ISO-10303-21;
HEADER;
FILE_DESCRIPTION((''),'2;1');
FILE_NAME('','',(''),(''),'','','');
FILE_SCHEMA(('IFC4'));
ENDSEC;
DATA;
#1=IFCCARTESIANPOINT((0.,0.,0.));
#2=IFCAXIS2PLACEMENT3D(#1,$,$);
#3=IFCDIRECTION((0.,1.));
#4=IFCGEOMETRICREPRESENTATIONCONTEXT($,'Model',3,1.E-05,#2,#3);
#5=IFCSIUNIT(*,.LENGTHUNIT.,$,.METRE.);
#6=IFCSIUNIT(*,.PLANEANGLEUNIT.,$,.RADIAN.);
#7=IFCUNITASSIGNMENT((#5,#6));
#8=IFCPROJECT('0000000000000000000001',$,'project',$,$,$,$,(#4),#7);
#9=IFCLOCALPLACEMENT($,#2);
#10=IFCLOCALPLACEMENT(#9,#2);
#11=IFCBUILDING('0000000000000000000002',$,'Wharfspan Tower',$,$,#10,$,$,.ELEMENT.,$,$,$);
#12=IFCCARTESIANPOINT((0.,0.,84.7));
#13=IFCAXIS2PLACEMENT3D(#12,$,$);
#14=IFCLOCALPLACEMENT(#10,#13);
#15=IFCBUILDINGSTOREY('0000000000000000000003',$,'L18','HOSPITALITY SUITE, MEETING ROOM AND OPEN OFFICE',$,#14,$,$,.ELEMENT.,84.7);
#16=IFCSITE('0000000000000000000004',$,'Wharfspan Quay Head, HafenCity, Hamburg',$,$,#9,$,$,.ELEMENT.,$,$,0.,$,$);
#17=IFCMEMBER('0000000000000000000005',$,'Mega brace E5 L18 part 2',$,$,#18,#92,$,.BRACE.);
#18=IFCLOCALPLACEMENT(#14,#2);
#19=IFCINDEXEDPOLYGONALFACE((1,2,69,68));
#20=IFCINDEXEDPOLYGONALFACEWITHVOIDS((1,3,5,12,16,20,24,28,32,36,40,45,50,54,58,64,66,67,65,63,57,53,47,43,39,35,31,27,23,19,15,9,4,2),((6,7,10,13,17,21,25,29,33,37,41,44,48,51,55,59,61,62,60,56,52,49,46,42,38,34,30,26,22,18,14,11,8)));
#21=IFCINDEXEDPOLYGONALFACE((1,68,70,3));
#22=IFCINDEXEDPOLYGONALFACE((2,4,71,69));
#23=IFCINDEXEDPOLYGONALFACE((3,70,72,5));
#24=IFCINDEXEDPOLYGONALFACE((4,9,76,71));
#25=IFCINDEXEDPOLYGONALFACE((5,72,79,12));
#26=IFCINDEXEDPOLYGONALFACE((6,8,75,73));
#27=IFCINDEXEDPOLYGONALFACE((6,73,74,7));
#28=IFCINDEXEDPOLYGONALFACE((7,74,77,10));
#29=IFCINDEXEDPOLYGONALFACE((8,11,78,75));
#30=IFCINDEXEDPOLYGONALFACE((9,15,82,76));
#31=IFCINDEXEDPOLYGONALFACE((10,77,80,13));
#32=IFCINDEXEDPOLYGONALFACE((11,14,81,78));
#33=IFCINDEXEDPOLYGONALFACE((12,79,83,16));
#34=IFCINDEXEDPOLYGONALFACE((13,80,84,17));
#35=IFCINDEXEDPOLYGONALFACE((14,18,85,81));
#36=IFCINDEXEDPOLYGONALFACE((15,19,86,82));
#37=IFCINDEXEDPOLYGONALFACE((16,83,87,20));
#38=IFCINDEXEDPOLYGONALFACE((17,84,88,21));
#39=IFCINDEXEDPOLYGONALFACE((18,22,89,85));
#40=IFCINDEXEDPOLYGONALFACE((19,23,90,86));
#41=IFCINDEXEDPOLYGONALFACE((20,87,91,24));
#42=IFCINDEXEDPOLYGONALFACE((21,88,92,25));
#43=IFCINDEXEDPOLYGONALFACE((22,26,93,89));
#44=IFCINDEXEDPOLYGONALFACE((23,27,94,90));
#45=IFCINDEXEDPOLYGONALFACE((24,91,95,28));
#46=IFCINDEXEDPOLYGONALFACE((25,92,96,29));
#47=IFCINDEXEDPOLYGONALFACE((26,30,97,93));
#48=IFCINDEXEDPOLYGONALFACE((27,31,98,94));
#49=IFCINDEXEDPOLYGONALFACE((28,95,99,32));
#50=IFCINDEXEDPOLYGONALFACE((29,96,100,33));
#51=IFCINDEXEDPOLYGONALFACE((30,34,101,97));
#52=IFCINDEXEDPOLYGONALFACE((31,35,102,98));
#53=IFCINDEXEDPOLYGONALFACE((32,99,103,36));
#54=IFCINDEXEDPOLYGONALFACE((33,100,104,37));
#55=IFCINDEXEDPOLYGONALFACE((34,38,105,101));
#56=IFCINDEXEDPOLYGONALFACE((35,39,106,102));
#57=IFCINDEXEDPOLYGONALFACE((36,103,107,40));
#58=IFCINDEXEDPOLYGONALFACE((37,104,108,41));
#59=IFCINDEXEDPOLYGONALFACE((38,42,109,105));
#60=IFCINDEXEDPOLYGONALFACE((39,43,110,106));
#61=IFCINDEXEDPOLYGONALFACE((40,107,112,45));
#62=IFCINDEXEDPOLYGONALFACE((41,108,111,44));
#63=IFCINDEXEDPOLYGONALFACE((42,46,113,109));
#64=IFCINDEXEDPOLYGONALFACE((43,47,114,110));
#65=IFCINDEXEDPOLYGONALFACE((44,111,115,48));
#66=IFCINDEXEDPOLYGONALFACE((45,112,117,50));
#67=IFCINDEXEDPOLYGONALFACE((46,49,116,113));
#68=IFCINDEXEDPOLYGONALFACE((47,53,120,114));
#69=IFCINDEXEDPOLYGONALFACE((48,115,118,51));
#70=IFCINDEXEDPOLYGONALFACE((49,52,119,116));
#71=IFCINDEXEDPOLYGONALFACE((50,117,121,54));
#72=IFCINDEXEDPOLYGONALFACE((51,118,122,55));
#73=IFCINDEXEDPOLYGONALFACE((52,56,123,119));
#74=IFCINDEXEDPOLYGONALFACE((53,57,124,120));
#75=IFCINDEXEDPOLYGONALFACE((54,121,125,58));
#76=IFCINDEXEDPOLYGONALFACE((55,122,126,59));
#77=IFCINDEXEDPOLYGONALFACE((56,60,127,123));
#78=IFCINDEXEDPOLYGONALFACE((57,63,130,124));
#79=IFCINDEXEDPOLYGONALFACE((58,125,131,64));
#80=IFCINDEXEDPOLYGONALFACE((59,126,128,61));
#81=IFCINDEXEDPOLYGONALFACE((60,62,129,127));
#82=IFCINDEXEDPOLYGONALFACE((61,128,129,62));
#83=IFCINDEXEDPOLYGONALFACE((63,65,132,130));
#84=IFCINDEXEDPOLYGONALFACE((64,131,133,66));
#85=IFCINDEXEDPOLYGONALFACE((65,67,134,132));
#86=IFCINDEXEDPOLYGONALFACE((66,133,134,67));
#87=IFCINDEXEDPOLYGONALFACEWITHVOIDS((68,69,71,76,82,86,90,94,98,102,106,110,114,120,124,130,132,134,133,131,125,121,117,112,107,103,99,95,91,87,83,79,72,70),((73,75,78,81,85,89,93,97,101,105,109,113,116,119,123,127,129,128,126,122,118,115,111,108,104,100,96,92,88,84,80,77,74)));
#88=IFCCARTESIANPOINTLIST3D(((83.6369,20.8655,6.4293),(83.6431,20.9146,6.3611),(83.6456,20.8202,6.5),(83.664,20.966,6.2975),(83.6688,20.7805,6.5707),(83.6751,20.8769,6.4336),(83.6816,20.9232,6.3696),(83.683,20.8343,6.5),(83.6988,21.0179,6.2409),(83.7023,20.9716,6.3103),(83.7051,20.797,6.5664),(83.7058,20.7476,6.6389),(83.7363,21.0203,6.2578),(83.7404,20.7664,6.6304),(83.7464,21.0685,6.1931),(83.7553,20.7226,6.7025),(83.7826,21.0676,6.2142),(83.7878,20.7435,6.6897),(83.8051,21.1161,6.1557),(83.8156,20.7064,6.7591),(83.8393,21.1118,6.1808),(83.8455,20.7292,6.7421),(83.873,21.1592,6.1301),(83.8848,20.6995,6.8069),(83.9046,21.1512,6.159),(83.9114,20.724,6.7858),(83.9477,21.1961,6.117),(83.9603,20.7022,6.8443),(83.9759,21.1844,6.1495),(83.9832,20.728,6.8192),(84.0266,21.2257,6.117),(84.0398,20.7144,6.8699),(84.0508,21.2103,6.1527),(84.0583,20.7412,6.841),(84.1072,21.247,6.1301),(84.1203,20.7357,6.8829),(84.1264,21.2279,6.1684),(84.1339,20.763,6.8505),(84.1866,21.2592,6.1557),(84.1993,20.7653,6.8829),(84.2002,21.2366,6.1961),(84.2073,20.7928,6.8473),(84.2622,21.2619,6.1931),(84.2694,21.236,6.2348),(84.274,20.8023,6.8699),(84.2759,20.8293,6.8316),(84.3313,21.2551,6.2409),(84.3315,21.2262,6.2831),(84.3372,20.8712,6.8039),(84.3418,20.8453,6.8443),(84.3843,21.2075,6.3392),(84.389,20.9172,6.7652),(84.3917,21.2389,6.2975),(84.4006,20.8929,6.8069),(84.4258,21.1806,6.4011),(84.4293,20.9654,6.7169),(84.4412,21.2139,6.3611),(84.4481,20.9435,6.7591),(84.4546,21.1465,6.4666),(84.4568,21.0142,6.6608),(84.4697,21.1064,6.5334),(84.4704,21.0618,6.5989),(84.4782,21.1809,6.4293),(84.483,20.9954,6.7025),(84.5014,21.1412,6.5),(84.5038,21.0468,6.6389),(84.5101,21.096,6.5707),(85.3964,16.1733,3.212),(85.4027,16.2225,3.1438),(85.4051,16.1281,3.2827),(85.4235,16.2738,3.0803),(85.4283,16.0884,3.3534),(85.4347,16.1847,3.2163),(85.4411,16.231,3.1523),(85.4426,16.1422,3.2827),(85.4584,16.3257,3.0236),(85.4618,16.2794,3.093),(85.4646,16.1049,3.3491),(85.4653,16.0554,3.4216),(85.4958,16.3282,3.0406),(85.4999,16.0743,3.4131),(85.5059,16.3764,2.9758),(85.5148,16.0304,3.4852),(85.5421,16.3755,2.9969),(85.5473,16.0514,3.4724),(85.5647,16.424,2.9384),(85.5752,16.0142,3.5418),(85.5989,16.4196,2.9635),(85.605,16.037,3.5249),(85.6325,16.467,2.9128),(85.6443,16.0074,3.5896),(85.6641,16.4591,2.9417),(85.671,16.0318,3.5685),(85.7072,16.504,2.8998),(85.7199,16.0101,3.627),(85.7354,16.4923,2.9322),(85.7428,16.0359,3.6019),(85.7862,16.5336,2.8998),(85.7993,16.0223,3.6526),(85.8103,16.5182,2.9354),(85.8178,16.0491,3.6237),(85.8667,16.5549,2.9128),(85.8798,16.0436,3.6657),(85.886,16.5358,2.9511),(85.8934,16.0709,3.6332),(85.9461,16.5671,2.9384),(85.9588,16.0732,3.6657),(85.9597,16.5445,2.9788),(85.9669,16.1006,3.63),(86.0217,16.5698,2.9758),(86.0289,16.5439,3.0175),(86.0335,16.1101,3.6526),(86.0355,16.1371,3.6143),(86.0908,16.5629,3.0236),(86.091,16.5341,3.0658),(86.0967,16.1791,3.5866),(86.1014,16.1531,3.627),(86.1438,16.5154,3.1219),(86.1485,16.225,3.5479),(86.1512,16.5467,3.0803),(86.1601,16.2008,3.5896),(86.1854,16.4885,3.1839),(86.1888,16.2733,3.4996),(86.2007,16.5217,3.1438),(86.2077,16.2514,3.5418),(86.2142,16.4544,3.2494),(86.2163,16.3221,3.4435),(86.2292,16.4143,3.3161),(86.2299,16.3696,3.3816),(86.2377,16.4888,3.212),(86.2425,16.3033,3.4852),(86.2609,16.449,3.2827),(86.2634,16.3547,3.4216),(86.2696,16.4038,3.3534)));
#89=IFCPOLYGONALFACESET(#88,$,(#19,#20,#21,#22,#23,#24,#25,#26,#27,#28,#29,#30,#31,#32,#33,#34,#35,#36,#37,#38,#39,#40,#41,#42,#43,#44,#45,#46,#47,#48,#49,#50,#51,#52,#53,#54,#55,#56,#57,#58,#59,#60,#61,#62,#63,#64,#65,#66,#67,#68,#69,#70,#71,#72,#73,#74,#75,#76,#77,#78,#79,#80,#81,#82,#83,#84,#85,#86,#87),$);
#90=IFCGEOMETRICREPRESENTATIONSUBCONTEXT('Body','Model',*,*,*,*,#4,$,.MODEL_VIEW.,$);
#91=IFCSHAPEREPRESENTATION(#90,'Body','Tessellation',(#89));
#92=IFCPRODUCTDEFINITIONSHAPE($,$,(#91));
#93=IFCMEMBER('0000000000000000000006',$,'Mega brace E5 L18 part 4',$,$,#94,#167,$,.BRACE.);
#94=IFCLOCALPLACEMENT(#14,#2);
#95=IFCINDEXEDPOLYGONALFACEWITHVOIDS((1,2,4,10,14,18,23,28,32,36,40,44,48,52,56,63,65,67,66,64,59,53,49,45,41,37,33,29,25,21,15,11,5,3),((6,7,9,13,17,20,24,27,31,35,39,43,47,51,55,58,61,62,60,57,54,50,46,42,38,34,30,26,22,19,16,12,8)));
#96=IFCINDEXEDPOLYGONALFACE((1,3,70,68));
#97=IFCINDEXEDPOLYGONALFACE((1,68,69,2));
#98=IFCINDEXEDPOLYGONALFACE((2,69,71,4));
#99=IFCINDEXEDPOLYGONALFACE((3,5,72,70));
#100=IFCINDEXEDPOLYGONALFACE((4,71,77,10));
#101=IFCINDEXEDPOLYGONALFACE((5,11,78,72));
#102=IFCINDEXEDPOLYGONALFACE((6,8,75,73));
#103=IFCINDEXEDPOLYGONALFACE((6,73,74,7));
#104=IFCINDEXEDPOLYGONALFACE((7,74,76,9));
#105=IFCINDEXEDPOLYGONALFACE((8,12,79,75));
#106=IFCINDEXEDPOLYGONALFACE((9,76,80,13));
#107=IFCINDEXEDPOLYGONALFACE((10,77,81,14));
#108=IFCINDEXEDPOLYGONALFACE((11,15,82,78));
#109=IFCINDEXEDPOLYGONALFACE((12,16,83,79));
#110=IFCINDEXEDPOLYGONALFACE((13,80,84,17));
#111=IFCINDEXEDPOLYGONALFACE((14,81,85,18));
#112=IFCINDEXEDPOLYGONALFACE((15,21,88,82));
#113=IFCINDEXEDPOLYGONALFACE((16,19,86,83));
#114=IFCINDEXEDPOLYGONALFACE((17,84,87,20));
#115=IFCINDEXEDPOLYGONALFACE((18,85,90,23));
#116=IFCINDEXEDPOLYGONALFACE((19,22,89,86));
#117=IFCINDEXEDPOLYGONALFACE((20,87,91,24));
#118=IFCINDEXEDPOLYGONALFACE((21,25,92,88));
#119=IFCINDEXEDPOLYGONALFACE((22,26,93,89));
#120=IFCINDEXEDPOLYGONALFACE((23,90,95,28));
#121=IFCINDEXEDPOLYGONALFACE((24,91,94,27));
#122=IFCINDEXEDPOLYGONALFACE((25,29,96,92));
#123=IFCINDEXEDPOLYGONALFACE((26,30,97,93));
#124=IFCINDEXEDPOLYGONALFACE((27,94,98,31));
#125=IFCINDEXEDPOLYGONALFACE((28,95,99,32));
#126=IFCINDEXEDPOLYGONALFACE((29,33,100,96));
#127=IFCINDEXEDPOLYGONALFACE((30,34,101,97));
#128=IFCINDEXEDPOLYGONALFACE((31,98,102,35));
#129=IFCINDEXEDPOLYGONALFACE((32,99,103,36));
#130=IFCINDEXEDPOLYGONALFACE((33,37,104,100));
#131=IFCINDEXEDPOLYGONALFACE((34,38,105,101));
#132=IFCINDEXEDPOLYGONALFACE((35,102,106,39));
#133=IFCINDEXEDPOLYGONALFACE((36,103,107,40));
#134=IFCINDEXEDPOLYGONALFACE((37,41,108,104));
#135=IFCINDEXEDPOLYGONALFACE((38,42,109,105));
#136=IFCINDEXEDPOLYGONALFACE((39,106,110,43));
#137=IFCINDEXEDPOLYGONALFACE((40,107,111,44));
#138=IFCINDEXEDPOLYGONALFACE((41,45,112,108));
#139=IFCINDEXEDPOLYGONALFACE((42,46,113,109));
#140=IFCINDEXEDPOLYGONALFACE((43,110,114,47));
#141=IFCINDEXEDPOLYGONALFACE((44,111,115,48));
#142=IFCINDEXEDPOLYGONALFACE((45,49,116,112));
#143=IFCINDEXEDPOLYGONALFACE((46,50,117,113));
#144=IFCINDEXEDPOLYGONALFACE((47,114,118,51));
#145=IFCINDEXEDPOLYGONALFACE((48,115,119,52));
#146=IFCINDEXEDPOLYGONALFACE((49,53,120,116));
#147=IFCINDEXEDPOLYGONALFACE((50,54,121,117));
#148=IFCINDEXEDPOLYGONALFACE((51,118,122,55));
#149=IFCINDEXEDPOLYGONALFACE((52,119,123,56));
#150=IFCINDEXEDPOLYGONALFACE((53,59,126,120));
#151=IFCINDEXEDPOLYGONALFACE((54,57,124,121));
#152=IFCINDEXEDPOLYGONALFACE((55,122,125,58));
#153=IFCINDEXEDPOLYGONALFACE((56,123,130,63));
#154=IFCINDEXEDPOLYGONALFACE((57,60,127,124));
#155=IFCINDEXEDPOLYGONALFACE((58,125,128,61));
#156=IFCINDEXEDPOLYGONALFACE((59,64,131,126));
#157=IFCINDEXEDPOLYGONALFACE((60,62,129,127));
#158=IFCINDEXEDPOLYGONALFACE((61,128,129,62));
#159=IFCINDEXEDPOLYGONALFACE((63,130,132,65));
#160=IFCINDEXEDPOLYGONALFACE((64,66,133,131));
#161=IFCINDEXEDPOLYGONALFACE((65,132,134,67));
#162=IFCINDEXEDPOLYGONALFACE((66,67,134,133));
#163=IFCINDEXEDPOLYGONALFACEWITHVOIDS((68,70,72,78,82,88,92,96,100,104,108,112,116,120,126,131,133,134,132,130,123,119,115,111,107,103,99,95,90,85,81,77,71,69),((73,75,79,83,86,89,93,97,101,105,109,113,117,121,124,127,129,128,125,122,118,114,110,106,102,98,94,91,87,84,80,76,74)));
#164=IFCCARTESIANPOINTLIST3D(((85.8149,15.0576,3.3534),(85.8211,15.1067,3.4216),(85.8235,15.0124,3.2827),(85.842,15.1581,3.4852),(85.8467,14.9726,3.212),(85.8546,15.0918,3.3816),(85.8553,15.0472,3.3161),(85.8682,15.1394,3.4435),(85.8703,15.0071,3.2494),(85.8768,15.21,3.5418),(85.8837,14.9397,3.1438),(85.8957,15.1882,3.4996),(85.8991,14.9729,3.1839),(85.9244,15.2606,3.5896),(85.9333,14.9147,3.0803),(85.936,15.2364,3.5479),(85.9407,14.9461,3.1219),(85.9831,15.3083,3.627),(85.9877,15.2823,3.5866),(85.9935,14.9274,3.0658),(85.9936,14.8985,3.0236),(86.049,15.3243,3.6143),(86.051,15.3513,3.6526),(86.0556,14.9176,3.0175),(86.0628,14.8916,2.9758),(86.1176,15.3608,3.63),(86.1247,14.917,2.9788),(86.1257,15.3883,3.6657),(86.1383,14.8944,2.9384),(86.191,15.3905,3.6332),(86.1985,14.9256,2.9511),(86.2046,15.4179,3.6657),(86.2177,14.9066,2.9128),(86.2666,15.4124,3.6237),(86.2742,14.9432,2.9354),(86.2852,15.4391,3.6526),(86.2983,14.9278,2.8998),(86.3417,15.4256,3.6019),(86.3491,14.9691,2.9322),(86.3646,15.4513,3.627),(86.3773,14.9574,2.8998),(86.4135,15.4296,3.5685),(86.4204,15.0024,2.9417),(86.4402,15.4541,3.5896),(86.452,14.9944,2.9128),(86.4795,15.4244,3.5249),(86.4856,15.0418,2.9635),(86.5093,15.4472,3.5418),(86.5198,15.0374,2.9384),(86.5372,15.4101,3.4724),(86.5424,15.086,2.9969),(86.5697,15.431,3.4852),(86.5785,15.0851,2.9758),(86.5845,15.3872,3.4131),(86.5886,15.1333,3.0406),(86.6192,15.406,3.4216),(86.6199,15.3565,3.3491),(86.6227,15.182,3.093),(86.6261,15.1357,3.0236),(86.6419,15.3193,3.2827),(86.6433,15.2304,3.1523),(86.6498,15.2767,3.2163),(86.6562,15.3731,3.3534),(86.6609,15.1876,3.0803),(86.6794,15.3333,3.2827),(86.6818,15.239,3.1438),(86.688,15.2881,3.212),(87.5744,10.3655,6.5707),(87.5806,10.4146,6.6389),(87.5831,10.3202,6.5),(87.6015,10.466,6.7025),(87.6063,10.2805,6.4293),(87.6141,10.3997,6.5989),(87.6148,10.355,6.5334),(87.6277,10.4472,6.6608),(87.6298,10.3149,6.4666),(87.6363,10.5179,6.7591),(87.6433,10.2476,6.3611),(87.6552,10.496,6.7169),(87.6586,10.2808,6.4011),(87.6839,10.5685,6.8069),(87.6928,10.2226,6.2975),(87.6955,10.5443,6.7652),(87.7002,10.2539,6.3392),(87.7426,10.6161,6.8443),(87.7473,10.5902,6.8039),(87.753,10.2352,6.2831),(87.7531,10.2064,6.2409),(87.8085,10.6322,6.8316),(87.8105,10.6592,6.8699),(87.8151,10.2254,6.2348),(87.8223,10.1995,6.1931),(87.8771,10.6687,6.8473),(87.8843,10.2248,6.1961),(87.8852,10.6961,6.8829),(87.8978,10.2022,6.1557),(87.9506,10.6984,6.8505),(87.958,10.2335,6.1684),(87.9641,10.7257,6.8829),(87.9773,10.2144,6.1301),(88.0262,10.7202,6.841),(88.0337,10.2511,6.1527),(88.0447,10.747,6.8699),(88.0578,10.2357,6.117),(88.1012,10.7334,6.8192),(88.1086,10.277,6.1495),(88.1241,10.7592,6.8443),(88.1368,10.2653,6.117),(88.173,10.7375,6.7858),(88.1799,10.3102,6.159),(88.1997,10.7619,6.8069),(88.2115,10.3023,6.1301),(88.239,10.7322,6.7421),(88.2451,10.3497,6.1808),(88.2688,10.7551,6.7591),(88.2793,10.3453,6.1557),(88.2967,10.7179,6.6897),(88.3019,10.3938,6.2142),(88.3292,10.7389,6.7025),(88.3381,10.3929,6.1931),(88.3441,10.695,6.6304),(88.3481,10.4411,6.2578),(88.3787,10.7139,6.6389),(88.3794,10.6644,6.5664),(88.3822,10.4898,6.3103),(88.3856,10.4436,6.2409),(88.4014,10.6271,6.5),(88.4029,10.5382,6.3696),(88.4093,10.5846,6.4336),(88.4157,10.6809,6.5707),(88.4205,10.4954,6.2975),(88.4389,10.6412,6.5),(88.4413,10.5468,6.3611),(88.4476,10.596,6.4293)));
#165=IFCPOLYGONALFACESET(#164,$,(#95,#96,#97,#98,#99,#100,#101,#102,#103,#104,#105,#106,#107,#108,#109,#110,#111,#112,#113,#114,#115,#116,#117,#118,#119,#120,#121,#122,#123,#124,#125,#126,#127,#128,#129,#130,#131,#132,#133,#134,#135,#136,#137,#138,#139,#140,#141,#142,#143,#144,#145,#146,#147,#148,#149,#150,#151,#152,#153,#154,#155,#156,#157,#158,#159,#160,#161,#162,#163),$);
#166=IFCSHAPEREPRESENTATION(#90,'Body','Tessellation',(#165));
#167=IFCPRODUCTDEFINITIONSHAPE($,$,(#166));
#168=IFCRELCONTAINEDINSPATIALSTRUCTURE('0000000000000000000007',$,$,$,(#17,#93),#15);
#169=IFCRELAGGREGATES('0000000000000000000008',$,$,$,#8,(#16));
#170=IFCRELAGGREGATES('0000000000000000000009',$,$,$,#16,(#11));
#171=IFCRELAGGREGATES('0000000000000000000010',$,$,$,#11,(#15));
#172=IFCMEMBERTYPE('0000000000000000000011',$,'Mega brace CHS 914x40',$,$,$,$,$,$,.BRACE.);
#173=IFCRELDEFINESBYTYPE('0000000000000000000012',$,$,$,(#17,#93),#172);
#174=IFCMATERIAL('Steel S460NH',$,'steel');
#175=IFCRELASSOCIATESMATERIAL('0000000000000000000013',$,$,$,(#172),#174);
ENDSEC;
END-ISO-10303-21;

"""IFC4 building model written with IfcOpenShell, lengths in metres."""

from ifc_helpers import new_model, si_unit, direction, frame, origin, origin_2d, place, context, subcontext, project, spatial, hollow_circle, extrude, material, material_profile, profile_set, type_object, element, save


model = new_model("IFC4")

# Units and contexts
model_context = context("Model", 3, precision=1e-05, world=origin(), true_north=direction((0.0, 1.0)))
body_context = subcontext(model_context, "Body", "Model", "MODEL_VIEW")
ifc_project = project(units=[si_unit("LENGTHUNIT", "METRE"), si_unit("PLANEANGLEUNIT", "RADIAN")], contexts=[model_context])

# Site, building, storey
site_placement = place(None, origin())
site = spatial("IfcSite", under=ifc_project, at=site_placement, Name="Wharfspan Quay Head, HafenCity, Hamburg", CompositionType="ELEMENT", RefElevation=0.0)
building_placement = place(site_placement, origin())
building = spatial("IfcBuilding", under=site, at=building_placement, Name="Wharfspan Tower", CompositionType="ELEMENT")
storey_placement = place(building_placement, frame((0.0, 0.0, 84.7)))
storey = spatial("IfcBuildingStorey", under=building, at=storey_placement, Name="L18", Description="HOSPITALITY SUITE, MEETING ROOM AND OPEN OFFICE", CompositionType="ELEMENT", Elevation=84.7)

# Members
ifc_material_1 = material(Name="Steel S460NH", Category="steel")
ifc_material_profile_1 = material_profile(ifc_material_1, hollow_circle(Radius=0.457, WallThickness=0.04, at=origin_2d()))
ifc_profile_set_1 = profile_set([ifc_material_profile_1], Name="Steel S460NH")
member_type_1 = type_object("IfcMemberType", Name="Mega brace CHS 914x40", PredefinedType="BRACE", material=ifc_profile_set_1)
for number, where, z_axis, x_axis, name in (
    (1, (85.833, 16.2886, 3.2827), (-0.295466, 0.787922, 0.540259), (-0.936329, -0.351115, -0.000004), "Mega brace E5 L18 part 2"),
    (2, (86.2515, 15.1729, 3.2827), (0.295466, -0.787922, 0.540259), (0.936329, 0.351115, -0.000004), "Mega brace E5 L18 part 4"),
):
    element("IfcMember", number, at=place(storey_placement, frame(where, z_axis=z_axis, x_axis=x_axis)), inside=storey, type_object=member_type_1, Name=name, PredefinedType="BRACE", context=body_context, shape_type="SweptSolid", body=[
        extrude(hollow_circle(Radius=0.457, WallThickness=0.04, at=origin_2d()), origin(), (0.0, 0.0, 1.0), 5.9551),
    ])

save(model, "model.ifc")
